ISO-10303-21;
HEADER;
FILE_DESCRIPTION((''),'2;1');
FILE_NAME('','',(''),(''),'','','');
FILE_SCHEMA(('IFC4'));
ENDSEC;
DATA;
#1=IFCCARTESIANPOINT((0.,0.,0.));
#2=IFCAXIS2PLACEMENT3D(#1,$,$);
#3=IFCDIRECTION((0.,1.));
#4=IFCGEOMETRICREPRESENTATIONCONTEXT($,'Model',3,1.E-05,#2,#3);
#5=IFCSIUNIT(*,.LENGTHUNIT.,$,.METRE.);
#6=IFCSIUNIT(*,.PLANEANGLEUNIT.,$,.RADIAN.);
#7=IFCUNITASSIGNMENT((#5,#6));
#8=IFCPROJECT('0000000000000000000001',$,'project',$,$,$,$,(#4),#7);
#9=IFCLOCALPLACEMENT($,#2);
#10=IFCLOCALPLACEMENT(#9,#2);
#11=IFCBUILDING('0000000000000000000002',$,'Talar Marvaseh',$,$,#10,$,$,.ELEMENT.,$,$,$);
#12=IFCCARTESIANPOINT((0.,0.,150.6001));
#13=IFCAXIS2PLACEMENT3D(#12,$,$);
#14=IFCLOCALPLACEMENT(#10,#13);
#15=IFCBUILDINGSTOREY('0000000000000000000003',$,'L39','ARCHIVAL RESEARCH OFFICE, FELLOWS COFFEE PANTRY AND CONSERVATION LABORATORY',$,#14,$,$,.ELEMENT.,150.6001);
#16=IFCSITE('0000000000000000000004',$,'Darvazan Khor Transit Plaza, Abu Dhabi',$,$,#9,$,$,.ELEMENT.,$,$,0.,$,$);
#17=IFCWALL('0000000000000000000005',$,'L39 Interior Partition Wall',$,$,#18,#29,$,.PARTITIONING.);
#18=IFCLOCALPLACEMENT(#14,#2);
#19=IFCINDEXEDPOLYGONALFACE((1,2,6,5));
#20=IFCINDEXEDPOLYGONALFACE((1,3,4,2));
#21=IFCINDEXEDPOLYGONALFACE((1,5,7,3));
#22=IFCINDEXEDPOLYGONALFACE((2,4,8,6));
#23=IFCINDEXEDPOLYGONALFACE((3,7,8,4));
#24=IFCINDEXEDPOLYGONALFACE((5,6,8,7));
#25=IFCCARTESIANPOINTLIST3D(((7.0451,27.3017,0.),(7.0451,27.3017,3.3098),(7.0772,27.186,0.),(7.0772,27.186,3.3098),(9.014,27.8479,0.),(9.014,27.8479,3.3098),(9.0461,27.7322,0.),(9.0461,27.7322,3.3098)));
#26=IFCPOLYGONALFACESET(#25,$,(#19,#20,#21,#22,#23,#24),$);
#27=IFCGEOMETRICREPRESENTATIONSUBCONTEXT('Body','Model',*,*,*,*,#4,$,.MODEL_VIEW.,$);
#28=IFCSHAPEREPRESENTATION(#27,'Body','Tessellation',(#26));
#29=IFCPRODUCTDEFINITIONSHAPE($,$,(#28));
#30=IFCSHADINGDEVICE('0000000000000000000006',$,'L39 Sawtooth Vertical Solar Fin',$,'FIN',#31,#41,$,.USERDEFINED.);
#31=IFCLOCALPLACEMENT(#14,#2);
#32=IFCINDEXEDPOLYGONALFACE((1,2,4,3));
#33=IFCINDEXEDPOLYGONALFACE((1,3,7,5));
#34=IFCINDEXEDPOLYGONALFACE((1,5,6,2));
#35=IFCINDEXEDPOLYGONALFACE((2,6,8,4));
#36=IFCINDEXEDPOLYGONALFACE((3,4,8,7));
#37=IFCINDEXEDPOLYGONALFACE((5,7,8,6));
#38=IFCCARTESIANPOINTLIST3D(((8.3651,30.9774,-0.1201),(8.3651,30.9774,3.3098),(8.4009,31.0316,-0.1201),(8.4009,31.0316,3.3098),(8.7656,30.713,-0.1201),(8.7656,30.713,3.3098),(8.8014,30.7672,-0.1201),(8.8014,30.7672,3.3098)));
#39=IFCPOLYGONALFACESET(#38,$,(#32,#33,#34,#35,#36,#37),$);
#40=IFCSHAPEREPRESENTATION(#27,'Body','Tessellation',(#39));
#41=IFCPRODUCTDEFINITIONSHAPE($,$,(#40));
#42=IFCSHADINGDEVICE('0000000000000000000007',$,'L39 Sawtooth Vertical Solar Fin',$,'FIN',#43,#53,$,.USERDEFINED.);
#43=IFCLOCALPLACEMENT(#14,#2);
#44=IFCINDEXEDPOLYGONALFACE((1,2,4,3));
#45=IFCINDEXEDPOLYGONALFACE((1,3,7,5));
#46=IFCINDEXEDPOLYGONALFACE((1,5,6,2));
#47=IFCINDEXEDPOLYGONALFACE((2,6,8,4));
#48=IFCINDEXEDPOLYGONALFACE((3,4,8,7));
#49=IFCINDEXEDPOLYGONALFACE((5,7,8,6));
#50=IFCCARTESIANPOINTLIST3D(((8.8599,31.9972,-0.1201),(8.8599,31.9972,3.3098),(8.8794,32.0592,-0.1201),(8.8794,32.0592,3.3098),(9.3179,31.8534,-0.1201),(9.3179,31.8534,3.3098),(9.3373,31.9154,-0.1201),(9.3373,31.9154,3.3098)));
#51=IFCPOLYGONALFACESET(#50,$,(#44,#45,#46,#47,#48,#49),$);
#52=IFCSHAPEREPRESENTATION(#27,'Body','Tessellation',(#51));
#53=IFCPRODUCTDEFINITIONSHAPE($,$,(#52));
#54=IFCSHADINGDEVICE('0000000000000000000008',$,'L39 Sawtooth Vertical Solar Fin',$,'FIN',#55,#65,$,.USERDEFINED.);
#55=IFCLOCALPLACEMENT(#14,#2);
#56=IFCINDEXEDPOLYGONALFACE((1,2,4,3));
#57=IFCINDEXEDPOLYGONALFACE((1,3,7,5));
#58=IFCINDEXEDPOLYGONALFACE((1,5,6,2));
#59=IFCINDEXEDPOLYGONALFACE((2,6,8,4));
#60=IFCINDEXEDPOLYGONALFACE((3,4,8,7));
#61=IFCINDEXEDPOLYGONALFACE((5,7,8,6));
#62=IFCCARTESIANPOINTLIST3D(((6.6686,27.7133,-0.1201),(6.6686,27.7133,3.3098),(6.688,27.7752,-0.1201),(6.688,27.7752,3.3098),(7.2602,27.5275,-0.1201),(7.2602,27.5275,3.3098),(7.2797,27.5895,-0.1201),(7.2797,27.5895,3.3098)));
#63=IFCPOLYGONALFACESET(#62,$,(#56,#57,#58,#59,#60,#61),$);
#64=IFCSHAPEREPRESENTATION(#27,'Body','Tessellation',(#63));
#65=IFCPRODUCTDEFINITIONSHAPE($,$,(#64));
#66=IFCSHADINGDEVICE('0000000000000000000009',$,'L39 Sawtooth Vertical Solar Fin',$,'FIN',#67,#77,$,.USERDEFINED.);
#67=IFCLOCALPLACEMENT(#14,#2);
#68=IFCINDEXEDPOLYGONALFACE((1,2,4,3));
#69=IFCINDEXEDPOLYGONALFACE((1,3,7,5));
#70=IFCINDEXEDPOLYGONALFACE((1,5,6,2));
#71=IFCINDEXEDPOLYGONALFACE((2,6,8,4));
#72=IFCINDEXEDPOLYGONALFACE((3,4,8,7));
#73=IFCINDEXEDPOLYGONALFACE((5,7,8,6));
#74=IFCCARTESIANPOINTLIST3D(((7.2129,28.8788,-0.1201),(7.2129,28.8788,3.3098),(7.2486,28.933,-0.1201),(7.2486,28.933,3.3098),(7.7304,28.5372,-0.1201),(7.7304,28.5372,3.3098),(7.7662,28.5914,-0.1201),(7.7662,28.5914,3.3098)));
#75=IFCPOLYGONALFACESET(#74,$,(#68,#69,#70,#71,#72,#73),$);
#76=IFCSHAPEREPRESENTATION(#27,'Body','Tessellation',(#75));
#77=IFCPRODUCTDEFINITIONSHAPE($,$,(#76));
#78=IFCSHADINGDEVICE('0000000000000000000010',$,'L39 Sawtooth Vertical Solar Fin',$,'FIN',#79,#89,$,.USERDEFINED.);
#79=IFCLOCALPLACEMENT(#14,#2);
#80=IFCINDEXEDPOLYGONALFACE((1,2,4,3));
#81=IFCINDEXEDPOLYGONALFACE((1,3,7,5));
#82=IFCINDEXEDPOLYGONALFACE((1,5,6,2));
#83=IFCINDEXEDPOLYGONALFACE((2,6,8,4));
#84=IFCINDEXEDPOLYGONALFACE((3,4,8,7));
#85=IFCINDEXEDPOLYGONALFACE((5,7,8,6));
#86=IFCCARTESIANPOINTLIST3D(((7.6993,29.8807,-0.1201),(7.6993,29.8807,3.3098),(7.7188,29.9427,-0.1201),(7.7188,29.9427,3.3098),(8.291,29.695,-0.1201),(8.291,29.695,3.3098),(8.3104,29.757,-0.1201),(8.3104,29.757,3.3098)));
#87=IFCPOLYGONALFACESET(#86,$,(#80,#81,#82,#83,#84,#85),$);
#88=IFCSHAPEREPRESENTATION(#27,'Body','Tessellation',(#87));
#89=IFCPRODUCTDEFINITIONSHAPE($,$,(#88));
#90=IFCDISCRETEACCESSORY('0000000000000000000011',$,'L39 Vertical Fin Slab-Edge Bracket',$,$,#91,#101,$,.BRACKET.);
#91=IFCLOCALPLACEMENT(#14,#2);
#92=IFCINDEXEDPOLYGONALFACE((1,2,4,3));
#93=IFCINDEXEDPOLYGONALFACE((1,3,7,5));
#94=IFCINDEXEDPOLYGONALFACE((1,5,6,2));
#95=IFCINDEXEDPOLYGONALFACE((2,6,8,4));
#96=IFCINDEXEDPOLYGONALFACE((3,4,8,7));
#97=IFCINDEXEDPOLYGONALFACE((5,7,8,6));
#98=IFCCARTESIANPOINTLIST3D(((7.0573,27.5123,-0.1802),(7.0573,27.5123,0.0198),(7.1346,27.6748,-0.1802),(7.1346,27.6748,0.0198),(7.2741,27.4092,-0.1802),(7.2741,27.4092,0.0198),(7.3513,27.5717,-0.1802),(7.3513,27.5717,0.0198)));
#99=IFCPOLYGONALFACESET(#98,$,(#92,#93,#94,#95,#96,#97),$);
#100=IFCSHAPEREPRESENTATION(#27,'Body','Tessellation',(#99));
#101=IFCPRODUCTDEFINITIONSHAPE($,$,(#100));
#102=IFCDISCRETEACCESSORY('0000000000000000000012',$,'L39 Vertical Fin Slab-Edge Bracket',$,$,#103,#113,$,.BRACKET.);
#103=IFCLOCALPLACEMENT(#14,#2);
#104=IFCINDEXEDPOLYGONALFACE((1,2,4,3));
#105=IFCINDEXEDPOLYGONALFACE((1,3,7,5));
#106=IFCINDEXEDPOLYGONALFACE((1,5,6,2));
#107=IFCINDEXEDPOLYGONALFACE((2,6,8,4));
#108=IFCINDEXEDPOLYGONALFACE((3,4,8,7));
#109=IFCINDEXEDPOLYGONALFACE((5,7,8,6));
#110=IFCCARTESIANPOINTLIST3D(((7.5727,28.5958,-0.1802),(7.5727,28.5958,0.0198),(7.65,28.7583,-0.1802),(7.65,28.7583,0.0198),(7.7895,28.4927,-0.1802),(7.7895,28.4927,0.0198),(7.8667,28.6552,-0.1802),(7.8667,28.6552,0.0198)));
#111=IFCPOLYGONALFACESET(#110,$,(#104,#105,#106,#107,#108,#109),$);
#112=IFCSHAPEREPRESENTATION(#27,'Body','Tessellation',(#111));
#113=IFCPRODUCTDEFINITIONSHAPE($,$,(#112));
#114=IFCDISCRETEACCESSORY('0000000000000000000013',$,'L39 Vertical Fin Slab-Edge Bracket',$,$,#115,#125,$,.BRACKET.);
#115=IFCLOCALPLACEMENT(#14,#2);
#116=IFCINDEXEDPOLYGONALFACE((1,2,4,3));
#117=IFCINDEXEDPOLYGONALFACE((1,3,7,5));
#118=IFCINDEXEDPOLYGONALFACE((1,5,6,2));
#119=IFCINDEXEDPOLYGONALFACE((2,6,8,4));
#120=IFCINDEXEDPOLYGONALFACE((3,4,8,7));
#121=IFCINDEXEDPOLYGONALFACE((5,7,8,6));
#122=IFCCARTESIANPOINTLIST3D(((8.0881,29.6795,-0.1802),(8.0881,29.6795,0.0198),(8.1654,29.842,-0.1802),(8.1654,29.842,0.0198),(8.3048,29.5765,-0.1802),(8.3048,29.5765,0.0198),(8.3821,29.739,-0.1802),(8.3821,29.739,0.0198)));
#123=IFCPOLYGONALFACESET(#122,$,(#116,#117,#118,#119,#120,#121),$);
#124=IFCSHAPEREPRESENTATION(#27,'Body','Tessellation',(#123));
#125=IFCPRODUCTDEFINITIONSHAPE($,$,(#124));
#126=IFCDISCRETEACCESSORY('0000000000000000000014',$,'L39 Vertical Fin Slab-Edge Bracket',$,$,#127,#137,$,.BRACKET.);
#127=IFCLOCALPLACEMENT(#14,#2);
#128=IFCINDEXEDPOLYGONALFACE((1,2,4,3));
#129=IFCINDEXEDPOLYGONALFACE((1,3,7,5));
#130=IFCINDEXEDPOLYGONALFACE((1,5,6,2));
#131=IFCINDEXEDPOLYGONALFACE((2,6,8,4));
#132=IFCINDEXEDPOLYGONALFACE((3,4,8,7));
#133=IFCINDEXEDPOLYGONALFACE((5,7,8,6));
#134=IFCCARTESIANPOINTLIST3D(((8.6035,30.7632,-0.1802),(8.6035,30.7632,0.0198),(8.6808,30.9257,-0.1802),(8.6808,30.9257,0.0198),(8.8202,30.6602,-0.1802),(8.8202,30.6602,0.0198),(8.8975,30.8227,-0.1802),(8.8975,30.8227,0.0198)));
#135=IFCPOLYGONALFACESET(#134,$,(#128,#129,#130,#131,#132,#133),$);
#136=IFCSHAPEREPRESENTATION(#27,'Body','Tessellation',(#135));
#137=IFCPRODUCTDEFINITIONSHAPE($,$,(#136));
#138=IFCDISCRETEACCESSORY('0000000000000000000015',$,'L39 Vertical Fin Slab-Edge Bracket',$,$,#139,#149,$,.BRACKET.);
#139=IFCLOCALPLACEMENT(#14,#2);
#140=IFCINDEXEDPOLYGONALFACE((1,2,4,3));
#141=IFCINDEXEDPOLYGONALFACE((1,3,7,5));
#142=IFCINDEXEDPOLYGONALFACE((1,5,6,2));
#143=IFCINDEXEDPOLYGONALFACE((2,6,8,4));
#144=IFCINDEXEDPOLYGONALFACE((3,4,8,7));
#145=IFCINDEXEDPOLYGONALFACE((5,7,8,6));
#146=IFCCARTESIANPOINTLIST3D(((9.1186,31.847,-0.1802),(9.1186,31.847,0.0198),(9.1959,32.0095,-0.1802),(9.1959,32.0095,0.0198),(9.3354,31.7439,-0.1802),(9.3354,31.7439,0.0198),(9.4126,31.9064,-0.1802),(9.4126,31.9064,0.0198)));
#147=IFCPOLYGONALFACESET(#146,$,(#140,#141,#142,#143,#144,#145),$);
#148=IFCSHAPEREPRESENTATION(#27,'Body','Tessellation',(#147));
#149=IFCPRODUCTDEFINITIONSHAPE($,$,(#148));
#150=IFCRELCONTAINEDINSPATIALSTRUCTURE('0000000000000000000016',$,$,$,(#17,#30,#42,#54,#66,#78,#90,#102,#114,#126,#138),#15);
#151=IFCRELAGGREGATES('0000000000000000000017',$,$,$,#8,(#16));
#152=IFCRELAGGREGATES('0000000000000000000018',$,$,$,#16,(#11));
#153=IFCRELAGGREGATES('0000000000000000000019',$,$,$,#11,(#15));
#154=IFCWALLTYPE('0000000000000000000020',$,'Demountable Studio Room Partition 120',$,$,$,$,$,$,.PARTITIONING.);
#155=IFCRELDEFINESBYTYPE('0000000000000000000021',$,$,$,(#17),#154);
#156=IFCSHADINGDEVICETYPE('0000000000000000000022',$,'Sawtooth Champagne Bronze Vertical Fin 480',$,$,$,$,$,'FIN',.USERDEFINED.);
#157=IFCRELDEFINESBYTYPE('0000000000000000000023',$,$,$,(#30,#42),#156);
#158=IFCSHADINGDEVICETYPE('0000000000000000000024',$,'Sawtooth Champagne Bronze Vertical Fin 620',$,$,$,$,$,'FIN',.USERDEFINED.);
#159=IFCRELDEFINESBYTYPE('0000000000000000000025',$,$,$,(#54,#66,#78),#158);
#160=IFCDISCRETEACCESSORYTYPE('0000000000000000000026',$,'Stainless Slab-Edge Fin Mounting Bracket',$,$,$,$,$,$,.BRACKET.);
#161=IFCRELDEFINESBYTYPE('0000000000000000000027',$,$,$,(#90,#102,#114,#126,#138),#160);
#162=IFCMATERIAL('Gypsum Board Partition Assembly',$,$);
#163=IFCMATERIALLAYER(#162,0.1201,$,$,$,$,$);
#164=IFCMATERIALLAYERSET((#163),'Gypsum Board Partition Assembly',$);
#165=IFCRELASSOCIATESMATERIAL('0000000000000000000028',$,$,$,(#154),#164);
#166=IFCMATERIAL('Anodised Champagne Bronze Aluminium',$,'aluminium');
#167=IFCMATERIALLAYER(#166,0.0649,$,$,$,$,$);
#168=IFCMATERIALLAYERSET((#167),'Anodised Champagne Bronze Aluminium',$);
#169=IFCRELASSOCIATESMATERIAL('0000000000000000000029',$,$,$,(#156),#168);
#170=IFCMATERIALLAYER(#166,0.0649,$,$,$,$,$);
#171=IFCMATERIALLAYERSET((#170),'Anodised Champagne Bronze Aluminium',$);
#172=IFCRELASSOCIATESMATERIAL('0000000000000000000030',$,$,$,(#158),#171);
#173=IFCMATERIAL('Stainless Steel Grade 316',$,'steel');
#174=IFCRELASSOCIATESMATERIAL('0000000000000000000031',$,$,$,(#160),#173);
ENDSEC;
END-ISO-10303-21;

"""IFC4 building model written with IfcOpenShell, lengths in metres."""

from ifc_helpers import new_model, si_unit, direction, frame, frame_2d, origin, origin_2d, place, context, subcontext, project, spatial, rectangle, extrude, source, transform, mapped, material, layer, layer_set, type_object, type_shapes, element, save


model = new_model("IFC4")

# Units and contexts
model_context = context("Model", 3, precision=1e-05, world=origin(), true_north=direction((0.0, 1.0)))
body_context = subcontext(model_context, "Body", "Model", "MODEL_VIEW")
ifc_project = project(units=[si_unit("LENGTHUNIT", "METRE"), si_unit("PLANEANGLEUNIT", "RADIAN")], contexts=[model_context])

# Site, building, storey
site_placement = place(None, origin())
site = spatial("IfcSite", under=ifc_project, at=site_placement, Name="Darvazan Khor Transit Plaza, Abu Dhabi", CompositionType="ELEMENT", RefElevation=0.0)
building_placement = place(site_placement, origin())
building = spatial("IfcBuilding", under=site, at=building_placement, Name="Talar Marvaseh", CompositionType="ELEMENT")
storey_placement = place(building_placement, frame((0.0, 0.0, 150.6001)))
storey = spatial("IfcBuildingStorey", under=building, at=storey_placement, Name="L39", Description="ARCHIVAL RESEARCH OFFICE, FELLOWS COFFEE PANTRY AND CONSERVATION LABORATORY", CompositionType="ELEMENT", Elevation=150.6001)

# Shared definitions
ifc_material_1 = material(Name="Gypsum Board Partition Assembly")

# Wall
ifc_layer_1 = layer(ifc_material_1, 0.1201)
ifc_layer_set_1 = layer_set([ifc_layer_1], Name="Gypsum Board Partition Assembly")
wall_type_1 = type_object("IfcWallType", Name="Demountable Studio Room Partition 120", PredefinedType="PARTITIONING", material=ifc_layer_set_1)
wall_1_placement = place(storey_placement, frame((7.0613, 27.2439, 0.0), z_axis=(0.0, 0.0, 1.0), x_axis=(0.96361, 0.267311, 0.0)))
element("IfcWall", 1, at=wall_1_placement, inside=storey, type_object=wall_type_1, Name="L39 Interior Partition Wall", PredefinedType="PARTITIONING", context=body_context, shape_type="SweptSolid", body=[
    extrude(rectangle(XDim=2.0432, YDim=0.1201, at=frame_2d((1.0215, 0.0))), origin(), (0.0, 0.0, 1.0), 3.3098),
])

# Shading devices
ifc_material_2 = material(Name="Anodised Champagne Bronze Aluminium", Category="aluminium")
ifc_layer_2 = layer(ifc_material_2, 0.0649)
ifc_layer_set_2 = layer_set([ifc_layer_2], Name="Anodised Champagne Bronze Aluminium")
shading_device_type_1 = type_object("IfcShadingDeviceType", Name="Sawtooth Champagne Bronze Vertical Fin 480", ElementType="FIN", PredefinedType="USERDEFINED", material=ifc_layer_set_2)
shared_shape_1 = source(origin(), body_context, "Body", "SweptSolid", [
    extrude(rectangle(XDim=0.48, YDim=0.0649, at=origin_2d()), origin(), (0.0, 0.0, 1.0), 3.4299),
])
type_shapes(shading_device_type_1, [shared_shape_1])
for number, where, z_axis, x_axis, name in (
    (2, (8.5833, 30.8723, -0.1201), (0.0, 0.0, 1.0), (-0.83456, 0.550918, 0.0), "L39 Sawtooth Vertical Solar Fin"),
    (3, (9.0986, 31.9563, -0.1201), (0.0, 0.0, 1.0), (-0.954084, 0.29954, 0.0), "L39 Sawtooth Vertical Solar Fin"),
):
    element("IfcShadingDevice", number, at=place(storey_placement, frame(where, z_axis=z_axis, x_axis=x_axis)), inside=storey, type_object=shading_device_type_1, Name=name, ObjectType="FIN", PredefinedType="USERDEFINED", context=body_context, shape_type="MappedRepresentation", body=[
        mapped(shared_shape_1, transform((0.0, 0.0, 0.0), x_axis=(1.0, 0.0, 0.0), y_axis=(0.0, 1.0, 0.0), z_axis=(0.0, 0.0, 1.0), scale=1.0)),
    ])
ifc_layer_3 = layer(ifc_material_2, 0.0649)
ifc_layer_set_3 = layer_set([ifc_layer_3], Name="Anodised Champagne Bronze Aluminium")
shading_device_type_2 = type_object("IfcShadingDeviceType", Name="Sawtooth Champagne Bronze Vertical Fin 620", ElementType="FIN", PredefinedType="USERDEFINED", material=ifc_layer_set_3)
shared_shape_2 = source(origin(), body_context, "Body", "SweptSolid", [
    extrude(rectangle(XDim=0.6201, YDim=0.0649, at=origin_2d()), origin(), (0.0, 0.0, 1.0), 3.4299),
])
type_shapes(shading_device_type_2, [shared_shape_2])
for number, where, z_axis, x_axis, name in (
    (4, (6.9741, 27.6514, -0.1201), (0.0, 0.0, 1.0), (-0.954084, 0.29954, 0.0), "L39 Sawtooth Vertical Solar Fin"),
    (5, (7.4895, 28.7351, -0.1201), (0.0, 0.0, 1.0), (-0.83456, 0.550918, 0.0), "L39 Sawtooth Vertical Solar Fin"),
    (6, (8.0049, 29.8188, -0.1201), (0.0, 0.0, 1.0), (-0.954084, 0.29954, 0.0), "L39 Sawtooth Vertical Solar Fin"),
):
    element("IfcShadingDevice", number, at=place(storey_placement, frame(where, z_axis=z_axis, x_axis=x_axis)), inside=storey, type_object=shading_device_type_2, Name=name, ObjectType="FIN", PredefinedType="USERDEFINED", context=body_context, shape_type="MappedRepresentation", body=[
        mapped(shared_shape_2, transform((0.0, 0.0, 0.0), x_axis=(1.0, 0.0, 0.0), y_axis=(0.0, 1.0, 0.0), z_axis=(0.0, 0.0, 1.0), scale=1.0)),
    ])

# Discrete accessories
ifc_material_3 = material(Name="Stainless Steel Grade 316", Category="steel")
discrete_accessory_type = type_object("IfcDiscreteAccessoryType", Name="Stainless Slab-Edge Fin Mounting Bracket", PredefinedType="BRACKET", material=ifc_material_3)
shared_shape_3 = source(origin(), body_context, "Body", "SweptSolid", [
    extrude(rectangle(XDim=0.24, YDim=0.1799, at=origin_2d()), origin(), (0.0, 0.0, 1.0), 0.2),
])
type_shapes(discrete_accessory_type, [shared_shape_3])
for number, where, z_axis, x_axis, name in (
    (7, (7.2043, 27.542, -0.1802), (0.0, 0.0, 1.0), (-0.903111, 0.429408, 0.0), "L39 Vertical Fin Slab-Edge Bracket"),
    (8, (7.7197, 28.6255, -0.1802), (0.0, 0.0, 1.0), (-0.903111, 0.429408, 0.0), "L39 Vertical Fin Slab-Edge Bracket"),
    (9, (8.2351, 29.7092, -0.1802), (0.0, 0.0, 1.0), (-0.903111, 0.429408, 0.0), "L39 Vertical Fin Slab-Edge Bracket"),
    (10, (8.7505, 30.793, -0.1802), (0.0, 0.0, 1.0), (-0.903111, 0.429408, 0.0), "L39 Vertical Fin Slab-Edge Bracket"),
    (11, (9.2656, 31.8767, -0.1802), (0.0, 0.0, 1.0), (-0.903111, 0.429408, 0.0), "L39 Vertical Fin Slab-Edge Bracket"),
):
    element("IfcDiscreteAccessory", number, at=place(storey_placement, frame(where, z_axis=z_axis, x_axis=x_axis)), inside=storey, type_object=discrete_accessory_type, Name=name, PredefinedType="BRACKET", context=body_context, shape_type="MappedRepresentation", body=[
        mapped(shared_shape_3, transform((0.0, 0.0, 0.0), x_axis=(1.0, 0.0, 0.0), y_axis=(0.0, 1.0, 0.0), z_axis=(0.0, 0.0, 1.0), scale=1.0)),
    ])

save(model, "model.ifc")
